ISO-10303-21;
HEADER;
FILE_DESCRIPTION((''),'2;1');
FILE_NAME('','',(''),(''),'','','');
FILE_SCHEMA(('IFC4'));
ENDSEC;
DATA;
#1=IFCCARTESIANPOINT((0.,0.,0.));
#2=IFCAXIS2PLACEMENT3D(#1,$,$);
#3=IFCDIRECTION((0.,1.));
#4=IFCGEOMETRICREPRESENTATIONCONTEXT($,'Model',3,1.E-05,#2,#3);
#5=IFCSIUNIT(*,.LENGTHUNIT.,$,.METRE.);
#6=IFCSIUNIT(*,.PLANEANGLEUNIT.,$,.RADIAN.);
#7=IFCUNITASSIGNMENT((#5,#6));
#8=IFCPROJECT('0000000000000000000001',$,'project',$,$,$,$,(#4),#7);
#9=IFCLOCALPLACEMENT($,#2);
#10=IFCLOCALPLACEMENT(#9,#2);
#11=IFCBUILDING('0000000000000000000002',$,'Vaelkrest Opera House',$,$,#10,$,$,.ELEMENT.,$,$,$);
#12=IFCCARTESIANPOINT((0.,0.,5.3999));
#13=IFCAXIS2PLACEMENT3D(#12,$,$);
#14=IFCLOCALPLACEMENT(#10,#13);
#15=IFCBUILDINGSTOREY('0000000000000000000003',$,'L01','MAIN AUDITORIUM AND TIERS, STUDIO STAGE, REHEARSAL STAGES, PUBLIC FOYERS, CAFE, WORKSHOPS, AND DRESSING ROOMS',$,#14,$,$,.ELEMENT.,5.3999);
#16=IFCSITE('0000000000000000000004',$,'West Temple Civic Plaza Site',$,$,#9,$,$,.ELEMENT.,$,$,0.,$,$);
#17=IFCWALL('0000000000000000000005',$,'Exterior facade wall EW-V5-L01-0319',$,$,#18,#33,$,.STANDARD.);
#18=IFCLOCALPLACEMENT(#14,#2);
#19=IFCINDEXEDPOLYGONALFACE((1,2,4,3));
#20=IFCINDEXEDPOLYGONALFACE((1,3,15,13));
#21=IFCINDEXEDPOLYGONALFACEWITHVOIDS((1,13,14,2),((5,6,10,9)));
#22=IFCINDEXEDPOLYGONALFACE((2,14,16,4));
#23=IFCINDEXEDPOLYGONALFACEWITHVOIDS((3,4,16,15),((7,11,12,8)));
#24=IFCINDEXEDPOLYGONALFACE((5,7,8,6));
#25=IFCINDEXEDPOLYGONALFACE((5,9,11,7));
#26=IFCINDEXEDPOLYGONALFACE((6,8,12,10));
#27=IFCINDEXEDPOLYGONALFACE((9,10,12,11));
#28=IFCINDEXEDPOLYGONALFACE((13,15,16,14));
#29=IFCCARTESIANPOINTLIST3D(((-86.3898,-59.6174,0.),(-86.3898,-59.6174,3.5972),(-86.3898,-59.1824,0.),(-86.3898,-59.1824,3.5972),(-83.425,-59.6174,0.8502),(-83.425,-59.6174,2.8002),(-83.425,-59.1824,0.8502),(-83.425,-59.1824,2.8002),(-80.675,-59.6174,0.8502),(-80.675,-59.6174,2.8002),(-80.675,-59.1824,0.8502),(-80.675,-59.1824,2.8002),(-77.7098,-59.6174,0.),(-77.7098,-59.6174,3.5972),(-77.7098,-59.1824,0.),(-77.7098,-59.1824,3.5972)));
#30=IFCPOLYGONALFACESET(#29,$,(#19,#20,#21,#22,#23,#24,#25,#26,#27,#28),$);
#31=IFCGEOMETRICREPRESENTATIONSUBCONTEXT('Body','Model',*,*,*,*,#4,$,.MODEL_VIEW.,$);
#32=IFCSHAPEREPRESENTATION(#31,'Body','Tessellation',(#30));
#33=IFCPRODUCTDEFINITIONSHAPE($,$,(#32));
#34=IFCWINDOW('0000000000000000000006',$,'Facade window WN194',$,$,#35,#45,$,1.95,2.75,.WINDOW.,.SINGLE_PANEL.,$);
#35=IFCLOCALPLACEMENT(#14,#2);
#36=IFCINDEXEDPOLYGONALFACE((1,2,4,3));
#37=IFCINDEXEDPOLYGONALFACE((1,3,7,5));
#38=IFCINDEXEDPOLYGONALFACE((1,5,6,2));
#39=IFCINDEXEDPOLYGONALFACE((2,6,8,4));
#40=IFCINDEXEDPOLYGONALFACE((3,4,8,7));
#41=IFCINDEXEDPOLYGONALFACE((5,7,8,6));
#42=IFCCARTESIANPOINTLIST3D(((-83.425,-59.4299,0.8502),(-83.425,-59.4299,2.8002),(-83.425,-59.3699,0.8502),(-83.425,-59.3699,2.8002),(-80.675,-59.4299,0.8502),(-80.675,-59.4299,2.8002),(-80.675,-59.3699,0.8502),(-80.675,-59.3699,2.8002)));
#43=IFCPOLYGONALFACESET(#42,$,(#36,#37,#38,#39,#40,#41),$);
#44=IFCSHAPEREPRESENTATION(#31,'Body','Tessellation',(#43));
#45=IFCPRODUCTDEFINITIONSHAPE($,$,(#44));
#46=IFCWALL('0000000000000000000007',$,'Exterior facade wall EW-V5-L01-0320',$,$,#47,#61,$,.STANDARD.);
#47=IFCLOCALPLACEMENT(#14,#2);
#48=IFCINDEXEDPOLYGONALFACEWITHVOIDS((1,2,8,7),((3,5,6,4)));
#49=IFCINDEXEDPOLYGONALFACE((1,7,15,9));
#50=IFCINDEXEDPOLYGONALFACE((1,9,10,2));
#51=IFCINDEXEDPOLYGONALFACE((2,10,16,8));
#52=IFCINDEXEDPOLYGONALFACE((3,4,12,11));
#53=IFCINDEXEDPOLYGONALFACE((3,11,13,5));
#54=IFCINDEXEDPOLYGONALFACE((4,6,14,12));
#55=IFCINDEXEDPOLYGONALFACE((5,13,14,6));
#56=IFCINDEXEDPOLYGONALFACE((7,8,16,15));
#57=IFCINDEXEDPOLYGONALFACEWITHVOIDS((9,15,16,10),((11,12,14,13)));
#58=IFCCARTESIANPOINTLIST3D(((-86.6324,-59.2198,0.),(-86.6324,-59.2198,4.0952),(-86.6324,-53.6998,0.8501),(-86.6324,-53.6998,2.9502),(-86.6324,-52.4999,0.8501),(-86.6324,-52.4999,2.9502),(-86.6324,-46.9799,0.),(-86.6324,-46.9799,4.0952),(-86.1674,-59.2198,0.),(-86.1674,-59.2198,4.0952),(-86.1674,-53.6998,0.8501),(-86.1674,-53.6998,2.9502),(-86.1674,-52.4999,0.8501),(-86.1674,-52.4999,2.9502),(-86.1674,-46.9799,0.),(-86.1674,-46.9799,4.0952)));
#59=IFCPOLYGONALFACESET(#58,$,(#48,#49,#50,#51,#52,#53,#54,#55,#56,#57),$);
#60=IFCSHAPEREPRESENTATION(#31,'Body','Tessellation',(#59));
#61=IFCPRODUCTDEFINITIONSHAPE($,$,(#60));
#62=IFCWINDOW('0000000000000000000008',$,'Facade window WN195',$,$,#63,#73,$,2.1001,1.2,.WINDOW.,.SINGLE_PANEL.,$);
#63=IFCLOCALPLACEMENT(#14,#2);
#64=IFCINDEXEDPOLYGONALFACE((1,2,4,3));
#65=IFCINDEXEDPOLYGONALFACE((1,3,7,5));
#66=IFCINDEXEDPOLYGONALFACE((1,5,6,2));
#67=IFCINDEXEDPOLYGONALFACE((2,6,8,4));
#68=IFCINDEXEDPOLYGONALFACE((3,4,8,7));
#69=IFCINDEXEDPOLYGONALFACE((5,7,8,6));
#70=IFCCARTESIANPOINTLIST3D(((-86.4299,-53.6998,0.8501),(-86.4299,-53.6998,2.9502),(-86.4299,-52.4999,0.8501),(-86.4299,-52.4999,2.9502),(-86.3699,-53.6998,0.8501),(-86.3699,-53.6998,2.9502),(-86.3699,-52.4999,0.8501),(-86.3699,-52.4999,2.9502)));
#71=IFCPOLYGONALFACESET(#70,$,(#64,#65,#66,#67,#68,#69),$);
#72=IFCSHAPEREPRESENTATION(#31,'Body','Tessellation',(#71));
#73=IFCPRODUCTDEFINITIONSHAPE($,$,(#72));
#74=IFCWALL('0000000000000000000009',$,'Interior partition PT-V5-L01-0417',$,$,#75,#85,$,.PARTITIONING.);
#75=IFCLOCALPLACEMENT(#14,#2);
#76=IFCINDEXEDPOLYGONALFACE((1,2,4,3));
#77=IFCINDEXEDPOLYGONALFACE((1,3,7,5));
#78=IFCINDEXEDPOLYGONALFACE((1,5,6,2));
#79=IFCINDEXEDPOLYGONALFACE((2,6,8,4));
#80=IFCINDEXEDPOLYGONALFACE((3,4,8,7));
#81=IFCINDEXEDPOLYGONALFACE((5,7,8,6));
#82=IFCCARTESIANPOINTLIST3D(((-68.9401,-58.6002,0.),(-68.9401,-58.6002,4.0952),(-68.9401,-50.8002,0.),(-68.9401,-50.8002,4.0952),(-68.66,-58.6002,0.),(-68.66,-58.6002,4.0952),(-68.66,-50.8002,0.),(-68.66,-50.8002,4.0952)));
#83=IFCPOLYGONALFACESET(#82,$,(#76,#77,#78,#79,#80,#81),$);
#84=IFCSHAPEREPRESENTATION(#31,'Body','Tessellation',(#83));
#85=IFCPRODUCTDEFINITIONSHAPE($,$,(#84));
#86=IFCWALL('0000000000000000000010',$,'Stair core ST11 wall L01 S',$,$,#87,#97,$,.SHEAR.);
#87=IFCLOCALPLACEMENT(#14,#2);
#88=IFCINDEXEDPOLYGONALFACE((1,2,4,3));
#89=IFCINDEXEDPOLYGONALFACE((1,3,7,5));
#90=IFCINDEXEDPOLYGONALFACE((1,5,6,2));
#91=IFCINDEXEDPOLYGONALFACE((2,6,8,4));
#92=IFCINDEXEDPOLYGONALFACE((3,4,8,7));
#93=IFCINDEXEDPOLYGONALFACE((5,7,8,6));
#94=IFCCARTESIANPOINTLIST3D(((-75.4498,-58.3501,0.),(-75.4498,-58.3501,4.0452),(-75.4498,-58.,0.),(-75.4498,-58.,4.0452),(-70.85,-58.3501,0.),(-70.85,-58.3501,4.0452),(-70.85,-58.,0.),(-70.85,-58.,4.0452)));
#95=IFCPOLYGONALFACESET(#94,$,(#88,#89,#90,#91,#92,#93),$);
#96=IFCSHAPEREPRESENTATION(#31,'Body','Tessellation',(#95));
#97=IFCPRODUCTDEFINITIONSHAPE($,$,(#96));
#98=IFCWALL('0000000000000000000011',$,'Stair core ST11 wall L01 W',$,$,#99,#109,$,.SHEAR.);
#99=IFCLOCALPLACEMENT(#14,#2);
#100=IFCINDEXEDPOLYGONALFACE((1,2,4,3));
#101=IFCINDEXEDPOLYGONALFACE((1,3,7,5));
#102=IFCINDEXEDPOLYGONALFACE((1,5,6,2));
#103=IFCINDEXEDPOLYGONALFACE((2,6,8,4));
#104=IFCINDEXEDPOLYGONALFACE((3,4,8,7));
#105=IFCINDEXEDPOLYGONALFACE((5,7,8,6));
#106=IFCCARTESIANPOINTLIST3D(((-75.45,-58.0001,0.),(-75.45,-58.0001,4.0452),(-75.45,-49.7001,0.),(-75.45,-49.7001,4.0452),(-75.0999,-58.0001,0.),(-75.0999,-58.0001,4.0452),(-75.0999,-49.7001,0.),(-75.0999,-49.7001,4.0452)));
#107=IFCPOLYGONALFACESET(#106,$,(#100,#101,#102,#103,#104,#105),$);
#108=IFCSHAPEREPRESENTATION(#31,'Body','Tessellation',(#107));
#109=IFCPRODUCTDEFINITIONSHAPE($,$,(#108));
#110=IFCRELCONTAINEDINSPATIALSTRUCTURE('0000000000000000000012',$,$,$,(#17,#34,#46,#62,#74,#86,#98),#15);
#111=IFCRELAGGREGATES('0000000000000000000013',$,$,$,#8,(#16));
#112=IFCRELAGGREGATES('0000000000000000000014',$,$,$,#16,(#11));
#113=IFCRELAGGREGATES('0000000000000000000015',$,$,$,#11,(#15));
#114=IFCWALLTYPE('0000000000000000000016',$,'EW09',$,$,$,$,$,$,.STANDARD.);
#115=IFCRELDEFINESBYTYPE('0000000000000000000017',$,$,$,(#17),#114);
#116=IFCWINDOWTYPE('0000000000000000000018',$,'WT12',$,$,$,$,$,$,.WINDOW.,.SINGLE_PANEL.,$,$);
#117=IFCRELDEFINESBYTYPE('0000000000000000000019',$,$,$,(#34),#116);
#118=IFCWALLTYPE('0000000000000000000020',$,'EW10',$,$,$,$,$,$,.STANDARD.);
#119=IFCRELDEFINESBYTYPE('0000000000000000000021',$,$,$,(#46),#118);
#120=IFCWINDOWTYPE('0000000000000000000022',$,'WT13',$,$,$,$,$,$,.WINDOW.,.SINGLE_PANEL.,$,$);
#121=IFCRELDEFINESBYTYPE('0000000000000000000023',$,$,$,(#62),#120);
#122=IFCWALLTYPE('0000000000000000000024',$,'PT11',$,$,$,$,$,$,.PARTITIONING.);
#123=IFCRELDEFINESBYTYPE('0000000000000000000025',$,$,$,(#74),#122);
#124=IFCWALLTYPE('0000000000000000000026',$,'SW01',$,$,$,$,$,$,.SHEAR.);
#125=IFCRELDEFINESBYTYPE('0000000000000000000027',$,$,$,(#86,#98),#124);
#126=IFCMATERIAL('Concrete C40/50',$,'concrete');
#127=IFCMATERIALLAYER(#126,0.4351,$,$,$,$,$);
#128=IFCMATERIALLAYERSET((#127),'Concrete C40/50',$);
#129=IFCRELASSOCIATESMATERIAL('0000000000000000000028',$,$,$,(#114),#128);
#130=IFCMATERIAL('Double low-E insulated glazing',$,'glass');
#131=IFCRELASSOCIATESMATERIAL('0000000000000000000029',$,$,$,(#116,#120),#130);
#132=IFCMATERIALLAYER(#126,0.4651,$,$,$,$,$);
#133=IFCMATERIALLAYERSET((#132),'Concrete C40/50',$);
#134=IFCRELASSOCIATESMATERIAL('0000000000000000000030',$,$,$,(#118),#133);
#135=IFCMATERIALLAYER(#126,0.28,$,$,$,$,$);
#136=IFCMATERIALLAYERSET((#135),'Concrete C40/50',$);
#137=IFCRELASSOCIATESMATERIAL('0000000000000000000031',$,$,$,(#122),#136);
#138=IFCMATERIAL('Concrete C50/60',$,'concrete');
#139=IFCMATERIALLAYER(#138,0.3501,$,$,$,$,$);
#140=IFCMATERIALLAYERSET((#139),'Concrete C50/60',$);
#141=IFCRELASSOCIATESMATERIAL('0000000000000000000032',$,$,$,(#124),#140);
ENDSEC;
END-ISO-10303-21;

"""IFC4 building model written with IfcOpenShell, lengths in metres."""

from ifc_helpers import new_model, si_unit, direction, frame, frame_2d, origin, place, context, subcontext, project, spatial, rectangle, extrude, material, layer, layer_set, type_object, element, fill, save


model = new_model("IFC4")

# Units and contexts
model_context = context("Model", 3, precision=1e-05, world=origin(), true_north=direction((0.0, 1.0)))
body_context = subcontext(model_context, "Body", "Model", "MODEL_VIEW")
ifc_project = project(units=[si_unit("LENGTHUNIT", "METRE"), si_unit("PLANEANGLEUNIT", "RADIAN")], contexts=[model_context])

# Site, building, storey
site_placement = place(None, origin())
site = spatial("IfcSite", under=ifc_project, at=site_placement, Name="West Temple Civic Plaza Site", CompositionType="ELEMENT", RefElevation=0.0)
building_placement = place(site_placement, origin())
building = spatial("IfcBuilding", under=site, at=building_placement, Name="Vaelkrest Opera House", CompositionType="ELEMENT")
storey_placement = place(building_placement, frame((0.0, 0.0, 5.3999)))
storey = spatial("IfcBuildingStorey", under=building, at=storey_placement, Name="L01", Description="MAIN AUDITORIUM AND TIERS, STUDIO STAGE, REHEARSAL STAGES, PUBLIC FOYERS, CAFE, WORKSHOPS, AND DRESSING ROOMS", CompositionType="ELEMENT", Elevation=5.3999)

# Shared definitions
ifc_material_1 = material(Name="Concrete C50/60", Category="concrete")

# Walls, openings, windows
ifc_material_2 = material(Name="Concrete C40/50", Category="concrete")
ifc_material_3 = material(Name="Double low-E insulated glazing", Category="glass")
ifc_layer_1 = layer(ifc_material_2, 0.4351)
ifc_layer_set_1 = layer_set([ifc_layer_1], Name="Concrete C40/50")
wall_type_1 = type_object("IfcWallType", Name="EW09", PredefinedType="STANDARD", material=ifc_layer_set_1)
wall_1_placement = place(storey_placement, frame((-77.71, -59.3999, 0.0), z_axis=(0.0, 0.0, 1.0), x_axis=(-1.0, 0.0, 0.0)))
wall_1 = element("IfcWall", 1, at=wall_1_placement, inside=storey, type_object=wall_type_1, Name="Exterior facade wall EW-V5-L01-0319", PredefinedType="STANDARD", context=body_context, shape_type="SweptSolid", body=[
    extrude(rectangle(XDim=8.6799, YDim=0.4351, at=frame_2d((4.3398, 0.0))), origin(), (0.0, 0.0, 1.0), 3.5972),
])
opening_1_placement = place(wall_1_placement, frame((2.9651, 0.0, 0.8501)))
opening_1 = element("IfcOpeningElement", 2, at=opening_1_placement, cuts=wall_1, PredefinedType="OPENING", context=body_context, shape_type="SweptSolid", body=[
    extrude(rectangle(XDim=2.75, YDim=1.95, at=frame_2d((1.375, 0.9751))), frame((0.0, 0.2275, 0.0), z_axis=(0.0, -1.0, 0.0), x_axis=(1.0, 0.0, 0.0)), (0.0, 0.0, 1.0), 0.4551),
])
window_type_1 = type_object("IfcWindowType", Name="WT12", PartitioningType="SINGLE_PANEL", PredefinedType="WINDOW", material=ifc_material_3)
window_1_placement = place(opening_1_placement, origin())
window_1 = element("IfcWindow", 3, at=window_1_placement, inside=storey, type_object=window_type_1, Name="Facade window WN194", OverallHeight=1.95, OverallWidth=2.75, PartitioningType="SINGLE_PANEL", PredefinedType="WINDOW", context=body_context, shape_type="SweptSolid", body=[
    extrude(rectangle(XDim=2.75, YDim=1.95, at=frame_2d((1.375, 0.9751))), frame((0.0, 0.03, 0.0), z_axis=(0.0, -1.0, 0.0), x_axis=(1.0, 0.0, 0.0)), (0.0, 0.0, 1.0), 0.0601),
])
fill(opening_1, window_1)
ifc_layer_2 = layer(ifc_material_2, 0.4651)
ifc_layer_set_2 = layer_set([ifc_layer_2], Name="Concrete C40/50")
wall_type_2 = type_object("IfcWallType", Name="EW10", PredefinedType="STANDARD", material=ifc_layer_set_2)
wall_2_placement = place(storey_placement, frame((-86.3999, -59.22, 0.0), z_axis=(0.0, 0.0, 1.0), x_axis=(0.0, 1.0, 0.0)))
wall_2 = element("IfcWall", 4, at=wall_2_placement, inside=storey, type_object=wall_type_2, Name="Exterior facade wall EW-V5-L01-0320", PredefinedType="STANDARD", context=body_context, shape_type="SweptSolid", body=[
    extrude(rectangle(XDim=12.24, YDim=0.4651, at=frame_2d((6.1201, 0.0))), origin(), (0.0, 0.0, 1.0), 4.0952),
])
opening_2_placement = place(wall_2_placement, frame((5.52, 0.0, 0.8501)))
opening_2 = element("IfcOpeningElement", 5, at=opening_2_placement, cuts=wall_2, PredefinedType="OPENING", context=body_context, shape_type="SweptSolid", body=[
    extrude(rectangle(XDim=1.2, YDim=2.1001, at=frame_2d((0.6001, 1.05))), frame((0.0, 0.2424, 0.0), z_axis=(0.0, -1.0, 0.0), x_axis=(1.0, 0.0, 0.0)), (0.0, 0.0, 1.0), 0.4851),
])
window_type_2 = type_object("IfcWindowType", Name="WT13", PartitioningType="SINGLE_PANEL", PredefinedType="WINDOW", material=ifc_material_3)
window_2_placement = place(opening_2_placement, origin())
window_2 = element("IfcWindow", 6, at=window_2_placement, inside=storey, type_object=window_type_2, Name="Facade window WN195", OverallHeight=2.1001, OverallWidth=1.2, PartitioningType="SINGLE_PANEL", PredefinedType="WINDOW", context=body_context, shape_type="SweptSolid", body=[
    extrude(rectangle(XDim=1.2, YDim=2.1001, at=frame_2d((0.6001, 1.05))), frame((0.0, 0.03, 0.0), z_axis=(0.0, -1.0, 0.0), x_axis=(1.0, 0.0, 0.0)), (0.0, 0.0, 1.0), 0.0601),
])
fill(opening_2, window_2)

# Walls
ifc_layer_3 = layer(ifc_material_2, 0.28)
ifc_layer_set_3 = layer_set([ifc_layer_3], Name="Concrete C40/50")
wall_type_3 = type_object("IfcWallType", Name="PT11", PredefinedType="PARTITIONING", material=ifc_layer_set_3)
wall_3_placement = place(storey_placement, frame((-68.8, -58.6001, 0.0), z_axis=(0.0, 0.0, 1.0), x_axis=(0.0, 1.0, 0.0)))
element("IfcWall", 7, at=wall_3_placement, inside=storey, type_object=wall_type_3, Name="Interior partition PT-V5-L01-0417", PredefinedType="PARTITIONING", context=body_context, shape_type="SweptSolid", body=[
    extrude(rectangle(XDim=7.8, YDim=0.28, at=frame_2d((3.8999, 0.0))), origin(), (0.0, 0.0, 1.0), 4.0952),
])
ifc_layer_4 = layer(ifc_material_1, 0.3501)
ifc_layer_set_4 = layer_set([ifc_layer_4], Name="Concrete C50/60")
wall_type_4 = type_object("IfcWallType", Name="SW01", PredefinedType="SHEAR", material=ifc_layer_set_4)
wall_4_placement = place(storey_placement, frame((-70.8501, -58.175, 0.0), z_axis=(0.0, 0.0, 1.0), x_axis=(-1.0, 0.0, 0.0)))
element("IfcWall", 8, at=wall_4_placement, inside=storey, type_object=wall_type_4, Name="Stair core ST11 wall L01 S", PredefinedType="SHEAR", context=body_context, shape_type="SweptSolid", body=[
    extrude(rectangle(XDim=4.5999, YDim=0.3501, at=frame_2d((2.2998, 0.0))), origin(), (0.0, 0.0, 1.0), 4.0452),
])
wall_5_placement = place(storey_placement, frame((-75.2749, -58.0, 0.0), z_axis=(0.0, 0.0, 1.0), x_axis=(0.0, 1.0, 0.0)))
element("IfcWall", 9, at=wall_5_placement, inside=storey, type_object=wall_type_4, Name="Stair core ST11 wall L01 W", PredefinedType="SHEAR", context=body_context, shape_type="SweptSolid", body=[
    extrude(rectangle(XDim=8.3, YDim=0.3501, at=frame_2d((4.1499, 0.0))), origin(), (0.0, 0.0, 1.0), 4.0452),
])

save(model, "model.ifc")
